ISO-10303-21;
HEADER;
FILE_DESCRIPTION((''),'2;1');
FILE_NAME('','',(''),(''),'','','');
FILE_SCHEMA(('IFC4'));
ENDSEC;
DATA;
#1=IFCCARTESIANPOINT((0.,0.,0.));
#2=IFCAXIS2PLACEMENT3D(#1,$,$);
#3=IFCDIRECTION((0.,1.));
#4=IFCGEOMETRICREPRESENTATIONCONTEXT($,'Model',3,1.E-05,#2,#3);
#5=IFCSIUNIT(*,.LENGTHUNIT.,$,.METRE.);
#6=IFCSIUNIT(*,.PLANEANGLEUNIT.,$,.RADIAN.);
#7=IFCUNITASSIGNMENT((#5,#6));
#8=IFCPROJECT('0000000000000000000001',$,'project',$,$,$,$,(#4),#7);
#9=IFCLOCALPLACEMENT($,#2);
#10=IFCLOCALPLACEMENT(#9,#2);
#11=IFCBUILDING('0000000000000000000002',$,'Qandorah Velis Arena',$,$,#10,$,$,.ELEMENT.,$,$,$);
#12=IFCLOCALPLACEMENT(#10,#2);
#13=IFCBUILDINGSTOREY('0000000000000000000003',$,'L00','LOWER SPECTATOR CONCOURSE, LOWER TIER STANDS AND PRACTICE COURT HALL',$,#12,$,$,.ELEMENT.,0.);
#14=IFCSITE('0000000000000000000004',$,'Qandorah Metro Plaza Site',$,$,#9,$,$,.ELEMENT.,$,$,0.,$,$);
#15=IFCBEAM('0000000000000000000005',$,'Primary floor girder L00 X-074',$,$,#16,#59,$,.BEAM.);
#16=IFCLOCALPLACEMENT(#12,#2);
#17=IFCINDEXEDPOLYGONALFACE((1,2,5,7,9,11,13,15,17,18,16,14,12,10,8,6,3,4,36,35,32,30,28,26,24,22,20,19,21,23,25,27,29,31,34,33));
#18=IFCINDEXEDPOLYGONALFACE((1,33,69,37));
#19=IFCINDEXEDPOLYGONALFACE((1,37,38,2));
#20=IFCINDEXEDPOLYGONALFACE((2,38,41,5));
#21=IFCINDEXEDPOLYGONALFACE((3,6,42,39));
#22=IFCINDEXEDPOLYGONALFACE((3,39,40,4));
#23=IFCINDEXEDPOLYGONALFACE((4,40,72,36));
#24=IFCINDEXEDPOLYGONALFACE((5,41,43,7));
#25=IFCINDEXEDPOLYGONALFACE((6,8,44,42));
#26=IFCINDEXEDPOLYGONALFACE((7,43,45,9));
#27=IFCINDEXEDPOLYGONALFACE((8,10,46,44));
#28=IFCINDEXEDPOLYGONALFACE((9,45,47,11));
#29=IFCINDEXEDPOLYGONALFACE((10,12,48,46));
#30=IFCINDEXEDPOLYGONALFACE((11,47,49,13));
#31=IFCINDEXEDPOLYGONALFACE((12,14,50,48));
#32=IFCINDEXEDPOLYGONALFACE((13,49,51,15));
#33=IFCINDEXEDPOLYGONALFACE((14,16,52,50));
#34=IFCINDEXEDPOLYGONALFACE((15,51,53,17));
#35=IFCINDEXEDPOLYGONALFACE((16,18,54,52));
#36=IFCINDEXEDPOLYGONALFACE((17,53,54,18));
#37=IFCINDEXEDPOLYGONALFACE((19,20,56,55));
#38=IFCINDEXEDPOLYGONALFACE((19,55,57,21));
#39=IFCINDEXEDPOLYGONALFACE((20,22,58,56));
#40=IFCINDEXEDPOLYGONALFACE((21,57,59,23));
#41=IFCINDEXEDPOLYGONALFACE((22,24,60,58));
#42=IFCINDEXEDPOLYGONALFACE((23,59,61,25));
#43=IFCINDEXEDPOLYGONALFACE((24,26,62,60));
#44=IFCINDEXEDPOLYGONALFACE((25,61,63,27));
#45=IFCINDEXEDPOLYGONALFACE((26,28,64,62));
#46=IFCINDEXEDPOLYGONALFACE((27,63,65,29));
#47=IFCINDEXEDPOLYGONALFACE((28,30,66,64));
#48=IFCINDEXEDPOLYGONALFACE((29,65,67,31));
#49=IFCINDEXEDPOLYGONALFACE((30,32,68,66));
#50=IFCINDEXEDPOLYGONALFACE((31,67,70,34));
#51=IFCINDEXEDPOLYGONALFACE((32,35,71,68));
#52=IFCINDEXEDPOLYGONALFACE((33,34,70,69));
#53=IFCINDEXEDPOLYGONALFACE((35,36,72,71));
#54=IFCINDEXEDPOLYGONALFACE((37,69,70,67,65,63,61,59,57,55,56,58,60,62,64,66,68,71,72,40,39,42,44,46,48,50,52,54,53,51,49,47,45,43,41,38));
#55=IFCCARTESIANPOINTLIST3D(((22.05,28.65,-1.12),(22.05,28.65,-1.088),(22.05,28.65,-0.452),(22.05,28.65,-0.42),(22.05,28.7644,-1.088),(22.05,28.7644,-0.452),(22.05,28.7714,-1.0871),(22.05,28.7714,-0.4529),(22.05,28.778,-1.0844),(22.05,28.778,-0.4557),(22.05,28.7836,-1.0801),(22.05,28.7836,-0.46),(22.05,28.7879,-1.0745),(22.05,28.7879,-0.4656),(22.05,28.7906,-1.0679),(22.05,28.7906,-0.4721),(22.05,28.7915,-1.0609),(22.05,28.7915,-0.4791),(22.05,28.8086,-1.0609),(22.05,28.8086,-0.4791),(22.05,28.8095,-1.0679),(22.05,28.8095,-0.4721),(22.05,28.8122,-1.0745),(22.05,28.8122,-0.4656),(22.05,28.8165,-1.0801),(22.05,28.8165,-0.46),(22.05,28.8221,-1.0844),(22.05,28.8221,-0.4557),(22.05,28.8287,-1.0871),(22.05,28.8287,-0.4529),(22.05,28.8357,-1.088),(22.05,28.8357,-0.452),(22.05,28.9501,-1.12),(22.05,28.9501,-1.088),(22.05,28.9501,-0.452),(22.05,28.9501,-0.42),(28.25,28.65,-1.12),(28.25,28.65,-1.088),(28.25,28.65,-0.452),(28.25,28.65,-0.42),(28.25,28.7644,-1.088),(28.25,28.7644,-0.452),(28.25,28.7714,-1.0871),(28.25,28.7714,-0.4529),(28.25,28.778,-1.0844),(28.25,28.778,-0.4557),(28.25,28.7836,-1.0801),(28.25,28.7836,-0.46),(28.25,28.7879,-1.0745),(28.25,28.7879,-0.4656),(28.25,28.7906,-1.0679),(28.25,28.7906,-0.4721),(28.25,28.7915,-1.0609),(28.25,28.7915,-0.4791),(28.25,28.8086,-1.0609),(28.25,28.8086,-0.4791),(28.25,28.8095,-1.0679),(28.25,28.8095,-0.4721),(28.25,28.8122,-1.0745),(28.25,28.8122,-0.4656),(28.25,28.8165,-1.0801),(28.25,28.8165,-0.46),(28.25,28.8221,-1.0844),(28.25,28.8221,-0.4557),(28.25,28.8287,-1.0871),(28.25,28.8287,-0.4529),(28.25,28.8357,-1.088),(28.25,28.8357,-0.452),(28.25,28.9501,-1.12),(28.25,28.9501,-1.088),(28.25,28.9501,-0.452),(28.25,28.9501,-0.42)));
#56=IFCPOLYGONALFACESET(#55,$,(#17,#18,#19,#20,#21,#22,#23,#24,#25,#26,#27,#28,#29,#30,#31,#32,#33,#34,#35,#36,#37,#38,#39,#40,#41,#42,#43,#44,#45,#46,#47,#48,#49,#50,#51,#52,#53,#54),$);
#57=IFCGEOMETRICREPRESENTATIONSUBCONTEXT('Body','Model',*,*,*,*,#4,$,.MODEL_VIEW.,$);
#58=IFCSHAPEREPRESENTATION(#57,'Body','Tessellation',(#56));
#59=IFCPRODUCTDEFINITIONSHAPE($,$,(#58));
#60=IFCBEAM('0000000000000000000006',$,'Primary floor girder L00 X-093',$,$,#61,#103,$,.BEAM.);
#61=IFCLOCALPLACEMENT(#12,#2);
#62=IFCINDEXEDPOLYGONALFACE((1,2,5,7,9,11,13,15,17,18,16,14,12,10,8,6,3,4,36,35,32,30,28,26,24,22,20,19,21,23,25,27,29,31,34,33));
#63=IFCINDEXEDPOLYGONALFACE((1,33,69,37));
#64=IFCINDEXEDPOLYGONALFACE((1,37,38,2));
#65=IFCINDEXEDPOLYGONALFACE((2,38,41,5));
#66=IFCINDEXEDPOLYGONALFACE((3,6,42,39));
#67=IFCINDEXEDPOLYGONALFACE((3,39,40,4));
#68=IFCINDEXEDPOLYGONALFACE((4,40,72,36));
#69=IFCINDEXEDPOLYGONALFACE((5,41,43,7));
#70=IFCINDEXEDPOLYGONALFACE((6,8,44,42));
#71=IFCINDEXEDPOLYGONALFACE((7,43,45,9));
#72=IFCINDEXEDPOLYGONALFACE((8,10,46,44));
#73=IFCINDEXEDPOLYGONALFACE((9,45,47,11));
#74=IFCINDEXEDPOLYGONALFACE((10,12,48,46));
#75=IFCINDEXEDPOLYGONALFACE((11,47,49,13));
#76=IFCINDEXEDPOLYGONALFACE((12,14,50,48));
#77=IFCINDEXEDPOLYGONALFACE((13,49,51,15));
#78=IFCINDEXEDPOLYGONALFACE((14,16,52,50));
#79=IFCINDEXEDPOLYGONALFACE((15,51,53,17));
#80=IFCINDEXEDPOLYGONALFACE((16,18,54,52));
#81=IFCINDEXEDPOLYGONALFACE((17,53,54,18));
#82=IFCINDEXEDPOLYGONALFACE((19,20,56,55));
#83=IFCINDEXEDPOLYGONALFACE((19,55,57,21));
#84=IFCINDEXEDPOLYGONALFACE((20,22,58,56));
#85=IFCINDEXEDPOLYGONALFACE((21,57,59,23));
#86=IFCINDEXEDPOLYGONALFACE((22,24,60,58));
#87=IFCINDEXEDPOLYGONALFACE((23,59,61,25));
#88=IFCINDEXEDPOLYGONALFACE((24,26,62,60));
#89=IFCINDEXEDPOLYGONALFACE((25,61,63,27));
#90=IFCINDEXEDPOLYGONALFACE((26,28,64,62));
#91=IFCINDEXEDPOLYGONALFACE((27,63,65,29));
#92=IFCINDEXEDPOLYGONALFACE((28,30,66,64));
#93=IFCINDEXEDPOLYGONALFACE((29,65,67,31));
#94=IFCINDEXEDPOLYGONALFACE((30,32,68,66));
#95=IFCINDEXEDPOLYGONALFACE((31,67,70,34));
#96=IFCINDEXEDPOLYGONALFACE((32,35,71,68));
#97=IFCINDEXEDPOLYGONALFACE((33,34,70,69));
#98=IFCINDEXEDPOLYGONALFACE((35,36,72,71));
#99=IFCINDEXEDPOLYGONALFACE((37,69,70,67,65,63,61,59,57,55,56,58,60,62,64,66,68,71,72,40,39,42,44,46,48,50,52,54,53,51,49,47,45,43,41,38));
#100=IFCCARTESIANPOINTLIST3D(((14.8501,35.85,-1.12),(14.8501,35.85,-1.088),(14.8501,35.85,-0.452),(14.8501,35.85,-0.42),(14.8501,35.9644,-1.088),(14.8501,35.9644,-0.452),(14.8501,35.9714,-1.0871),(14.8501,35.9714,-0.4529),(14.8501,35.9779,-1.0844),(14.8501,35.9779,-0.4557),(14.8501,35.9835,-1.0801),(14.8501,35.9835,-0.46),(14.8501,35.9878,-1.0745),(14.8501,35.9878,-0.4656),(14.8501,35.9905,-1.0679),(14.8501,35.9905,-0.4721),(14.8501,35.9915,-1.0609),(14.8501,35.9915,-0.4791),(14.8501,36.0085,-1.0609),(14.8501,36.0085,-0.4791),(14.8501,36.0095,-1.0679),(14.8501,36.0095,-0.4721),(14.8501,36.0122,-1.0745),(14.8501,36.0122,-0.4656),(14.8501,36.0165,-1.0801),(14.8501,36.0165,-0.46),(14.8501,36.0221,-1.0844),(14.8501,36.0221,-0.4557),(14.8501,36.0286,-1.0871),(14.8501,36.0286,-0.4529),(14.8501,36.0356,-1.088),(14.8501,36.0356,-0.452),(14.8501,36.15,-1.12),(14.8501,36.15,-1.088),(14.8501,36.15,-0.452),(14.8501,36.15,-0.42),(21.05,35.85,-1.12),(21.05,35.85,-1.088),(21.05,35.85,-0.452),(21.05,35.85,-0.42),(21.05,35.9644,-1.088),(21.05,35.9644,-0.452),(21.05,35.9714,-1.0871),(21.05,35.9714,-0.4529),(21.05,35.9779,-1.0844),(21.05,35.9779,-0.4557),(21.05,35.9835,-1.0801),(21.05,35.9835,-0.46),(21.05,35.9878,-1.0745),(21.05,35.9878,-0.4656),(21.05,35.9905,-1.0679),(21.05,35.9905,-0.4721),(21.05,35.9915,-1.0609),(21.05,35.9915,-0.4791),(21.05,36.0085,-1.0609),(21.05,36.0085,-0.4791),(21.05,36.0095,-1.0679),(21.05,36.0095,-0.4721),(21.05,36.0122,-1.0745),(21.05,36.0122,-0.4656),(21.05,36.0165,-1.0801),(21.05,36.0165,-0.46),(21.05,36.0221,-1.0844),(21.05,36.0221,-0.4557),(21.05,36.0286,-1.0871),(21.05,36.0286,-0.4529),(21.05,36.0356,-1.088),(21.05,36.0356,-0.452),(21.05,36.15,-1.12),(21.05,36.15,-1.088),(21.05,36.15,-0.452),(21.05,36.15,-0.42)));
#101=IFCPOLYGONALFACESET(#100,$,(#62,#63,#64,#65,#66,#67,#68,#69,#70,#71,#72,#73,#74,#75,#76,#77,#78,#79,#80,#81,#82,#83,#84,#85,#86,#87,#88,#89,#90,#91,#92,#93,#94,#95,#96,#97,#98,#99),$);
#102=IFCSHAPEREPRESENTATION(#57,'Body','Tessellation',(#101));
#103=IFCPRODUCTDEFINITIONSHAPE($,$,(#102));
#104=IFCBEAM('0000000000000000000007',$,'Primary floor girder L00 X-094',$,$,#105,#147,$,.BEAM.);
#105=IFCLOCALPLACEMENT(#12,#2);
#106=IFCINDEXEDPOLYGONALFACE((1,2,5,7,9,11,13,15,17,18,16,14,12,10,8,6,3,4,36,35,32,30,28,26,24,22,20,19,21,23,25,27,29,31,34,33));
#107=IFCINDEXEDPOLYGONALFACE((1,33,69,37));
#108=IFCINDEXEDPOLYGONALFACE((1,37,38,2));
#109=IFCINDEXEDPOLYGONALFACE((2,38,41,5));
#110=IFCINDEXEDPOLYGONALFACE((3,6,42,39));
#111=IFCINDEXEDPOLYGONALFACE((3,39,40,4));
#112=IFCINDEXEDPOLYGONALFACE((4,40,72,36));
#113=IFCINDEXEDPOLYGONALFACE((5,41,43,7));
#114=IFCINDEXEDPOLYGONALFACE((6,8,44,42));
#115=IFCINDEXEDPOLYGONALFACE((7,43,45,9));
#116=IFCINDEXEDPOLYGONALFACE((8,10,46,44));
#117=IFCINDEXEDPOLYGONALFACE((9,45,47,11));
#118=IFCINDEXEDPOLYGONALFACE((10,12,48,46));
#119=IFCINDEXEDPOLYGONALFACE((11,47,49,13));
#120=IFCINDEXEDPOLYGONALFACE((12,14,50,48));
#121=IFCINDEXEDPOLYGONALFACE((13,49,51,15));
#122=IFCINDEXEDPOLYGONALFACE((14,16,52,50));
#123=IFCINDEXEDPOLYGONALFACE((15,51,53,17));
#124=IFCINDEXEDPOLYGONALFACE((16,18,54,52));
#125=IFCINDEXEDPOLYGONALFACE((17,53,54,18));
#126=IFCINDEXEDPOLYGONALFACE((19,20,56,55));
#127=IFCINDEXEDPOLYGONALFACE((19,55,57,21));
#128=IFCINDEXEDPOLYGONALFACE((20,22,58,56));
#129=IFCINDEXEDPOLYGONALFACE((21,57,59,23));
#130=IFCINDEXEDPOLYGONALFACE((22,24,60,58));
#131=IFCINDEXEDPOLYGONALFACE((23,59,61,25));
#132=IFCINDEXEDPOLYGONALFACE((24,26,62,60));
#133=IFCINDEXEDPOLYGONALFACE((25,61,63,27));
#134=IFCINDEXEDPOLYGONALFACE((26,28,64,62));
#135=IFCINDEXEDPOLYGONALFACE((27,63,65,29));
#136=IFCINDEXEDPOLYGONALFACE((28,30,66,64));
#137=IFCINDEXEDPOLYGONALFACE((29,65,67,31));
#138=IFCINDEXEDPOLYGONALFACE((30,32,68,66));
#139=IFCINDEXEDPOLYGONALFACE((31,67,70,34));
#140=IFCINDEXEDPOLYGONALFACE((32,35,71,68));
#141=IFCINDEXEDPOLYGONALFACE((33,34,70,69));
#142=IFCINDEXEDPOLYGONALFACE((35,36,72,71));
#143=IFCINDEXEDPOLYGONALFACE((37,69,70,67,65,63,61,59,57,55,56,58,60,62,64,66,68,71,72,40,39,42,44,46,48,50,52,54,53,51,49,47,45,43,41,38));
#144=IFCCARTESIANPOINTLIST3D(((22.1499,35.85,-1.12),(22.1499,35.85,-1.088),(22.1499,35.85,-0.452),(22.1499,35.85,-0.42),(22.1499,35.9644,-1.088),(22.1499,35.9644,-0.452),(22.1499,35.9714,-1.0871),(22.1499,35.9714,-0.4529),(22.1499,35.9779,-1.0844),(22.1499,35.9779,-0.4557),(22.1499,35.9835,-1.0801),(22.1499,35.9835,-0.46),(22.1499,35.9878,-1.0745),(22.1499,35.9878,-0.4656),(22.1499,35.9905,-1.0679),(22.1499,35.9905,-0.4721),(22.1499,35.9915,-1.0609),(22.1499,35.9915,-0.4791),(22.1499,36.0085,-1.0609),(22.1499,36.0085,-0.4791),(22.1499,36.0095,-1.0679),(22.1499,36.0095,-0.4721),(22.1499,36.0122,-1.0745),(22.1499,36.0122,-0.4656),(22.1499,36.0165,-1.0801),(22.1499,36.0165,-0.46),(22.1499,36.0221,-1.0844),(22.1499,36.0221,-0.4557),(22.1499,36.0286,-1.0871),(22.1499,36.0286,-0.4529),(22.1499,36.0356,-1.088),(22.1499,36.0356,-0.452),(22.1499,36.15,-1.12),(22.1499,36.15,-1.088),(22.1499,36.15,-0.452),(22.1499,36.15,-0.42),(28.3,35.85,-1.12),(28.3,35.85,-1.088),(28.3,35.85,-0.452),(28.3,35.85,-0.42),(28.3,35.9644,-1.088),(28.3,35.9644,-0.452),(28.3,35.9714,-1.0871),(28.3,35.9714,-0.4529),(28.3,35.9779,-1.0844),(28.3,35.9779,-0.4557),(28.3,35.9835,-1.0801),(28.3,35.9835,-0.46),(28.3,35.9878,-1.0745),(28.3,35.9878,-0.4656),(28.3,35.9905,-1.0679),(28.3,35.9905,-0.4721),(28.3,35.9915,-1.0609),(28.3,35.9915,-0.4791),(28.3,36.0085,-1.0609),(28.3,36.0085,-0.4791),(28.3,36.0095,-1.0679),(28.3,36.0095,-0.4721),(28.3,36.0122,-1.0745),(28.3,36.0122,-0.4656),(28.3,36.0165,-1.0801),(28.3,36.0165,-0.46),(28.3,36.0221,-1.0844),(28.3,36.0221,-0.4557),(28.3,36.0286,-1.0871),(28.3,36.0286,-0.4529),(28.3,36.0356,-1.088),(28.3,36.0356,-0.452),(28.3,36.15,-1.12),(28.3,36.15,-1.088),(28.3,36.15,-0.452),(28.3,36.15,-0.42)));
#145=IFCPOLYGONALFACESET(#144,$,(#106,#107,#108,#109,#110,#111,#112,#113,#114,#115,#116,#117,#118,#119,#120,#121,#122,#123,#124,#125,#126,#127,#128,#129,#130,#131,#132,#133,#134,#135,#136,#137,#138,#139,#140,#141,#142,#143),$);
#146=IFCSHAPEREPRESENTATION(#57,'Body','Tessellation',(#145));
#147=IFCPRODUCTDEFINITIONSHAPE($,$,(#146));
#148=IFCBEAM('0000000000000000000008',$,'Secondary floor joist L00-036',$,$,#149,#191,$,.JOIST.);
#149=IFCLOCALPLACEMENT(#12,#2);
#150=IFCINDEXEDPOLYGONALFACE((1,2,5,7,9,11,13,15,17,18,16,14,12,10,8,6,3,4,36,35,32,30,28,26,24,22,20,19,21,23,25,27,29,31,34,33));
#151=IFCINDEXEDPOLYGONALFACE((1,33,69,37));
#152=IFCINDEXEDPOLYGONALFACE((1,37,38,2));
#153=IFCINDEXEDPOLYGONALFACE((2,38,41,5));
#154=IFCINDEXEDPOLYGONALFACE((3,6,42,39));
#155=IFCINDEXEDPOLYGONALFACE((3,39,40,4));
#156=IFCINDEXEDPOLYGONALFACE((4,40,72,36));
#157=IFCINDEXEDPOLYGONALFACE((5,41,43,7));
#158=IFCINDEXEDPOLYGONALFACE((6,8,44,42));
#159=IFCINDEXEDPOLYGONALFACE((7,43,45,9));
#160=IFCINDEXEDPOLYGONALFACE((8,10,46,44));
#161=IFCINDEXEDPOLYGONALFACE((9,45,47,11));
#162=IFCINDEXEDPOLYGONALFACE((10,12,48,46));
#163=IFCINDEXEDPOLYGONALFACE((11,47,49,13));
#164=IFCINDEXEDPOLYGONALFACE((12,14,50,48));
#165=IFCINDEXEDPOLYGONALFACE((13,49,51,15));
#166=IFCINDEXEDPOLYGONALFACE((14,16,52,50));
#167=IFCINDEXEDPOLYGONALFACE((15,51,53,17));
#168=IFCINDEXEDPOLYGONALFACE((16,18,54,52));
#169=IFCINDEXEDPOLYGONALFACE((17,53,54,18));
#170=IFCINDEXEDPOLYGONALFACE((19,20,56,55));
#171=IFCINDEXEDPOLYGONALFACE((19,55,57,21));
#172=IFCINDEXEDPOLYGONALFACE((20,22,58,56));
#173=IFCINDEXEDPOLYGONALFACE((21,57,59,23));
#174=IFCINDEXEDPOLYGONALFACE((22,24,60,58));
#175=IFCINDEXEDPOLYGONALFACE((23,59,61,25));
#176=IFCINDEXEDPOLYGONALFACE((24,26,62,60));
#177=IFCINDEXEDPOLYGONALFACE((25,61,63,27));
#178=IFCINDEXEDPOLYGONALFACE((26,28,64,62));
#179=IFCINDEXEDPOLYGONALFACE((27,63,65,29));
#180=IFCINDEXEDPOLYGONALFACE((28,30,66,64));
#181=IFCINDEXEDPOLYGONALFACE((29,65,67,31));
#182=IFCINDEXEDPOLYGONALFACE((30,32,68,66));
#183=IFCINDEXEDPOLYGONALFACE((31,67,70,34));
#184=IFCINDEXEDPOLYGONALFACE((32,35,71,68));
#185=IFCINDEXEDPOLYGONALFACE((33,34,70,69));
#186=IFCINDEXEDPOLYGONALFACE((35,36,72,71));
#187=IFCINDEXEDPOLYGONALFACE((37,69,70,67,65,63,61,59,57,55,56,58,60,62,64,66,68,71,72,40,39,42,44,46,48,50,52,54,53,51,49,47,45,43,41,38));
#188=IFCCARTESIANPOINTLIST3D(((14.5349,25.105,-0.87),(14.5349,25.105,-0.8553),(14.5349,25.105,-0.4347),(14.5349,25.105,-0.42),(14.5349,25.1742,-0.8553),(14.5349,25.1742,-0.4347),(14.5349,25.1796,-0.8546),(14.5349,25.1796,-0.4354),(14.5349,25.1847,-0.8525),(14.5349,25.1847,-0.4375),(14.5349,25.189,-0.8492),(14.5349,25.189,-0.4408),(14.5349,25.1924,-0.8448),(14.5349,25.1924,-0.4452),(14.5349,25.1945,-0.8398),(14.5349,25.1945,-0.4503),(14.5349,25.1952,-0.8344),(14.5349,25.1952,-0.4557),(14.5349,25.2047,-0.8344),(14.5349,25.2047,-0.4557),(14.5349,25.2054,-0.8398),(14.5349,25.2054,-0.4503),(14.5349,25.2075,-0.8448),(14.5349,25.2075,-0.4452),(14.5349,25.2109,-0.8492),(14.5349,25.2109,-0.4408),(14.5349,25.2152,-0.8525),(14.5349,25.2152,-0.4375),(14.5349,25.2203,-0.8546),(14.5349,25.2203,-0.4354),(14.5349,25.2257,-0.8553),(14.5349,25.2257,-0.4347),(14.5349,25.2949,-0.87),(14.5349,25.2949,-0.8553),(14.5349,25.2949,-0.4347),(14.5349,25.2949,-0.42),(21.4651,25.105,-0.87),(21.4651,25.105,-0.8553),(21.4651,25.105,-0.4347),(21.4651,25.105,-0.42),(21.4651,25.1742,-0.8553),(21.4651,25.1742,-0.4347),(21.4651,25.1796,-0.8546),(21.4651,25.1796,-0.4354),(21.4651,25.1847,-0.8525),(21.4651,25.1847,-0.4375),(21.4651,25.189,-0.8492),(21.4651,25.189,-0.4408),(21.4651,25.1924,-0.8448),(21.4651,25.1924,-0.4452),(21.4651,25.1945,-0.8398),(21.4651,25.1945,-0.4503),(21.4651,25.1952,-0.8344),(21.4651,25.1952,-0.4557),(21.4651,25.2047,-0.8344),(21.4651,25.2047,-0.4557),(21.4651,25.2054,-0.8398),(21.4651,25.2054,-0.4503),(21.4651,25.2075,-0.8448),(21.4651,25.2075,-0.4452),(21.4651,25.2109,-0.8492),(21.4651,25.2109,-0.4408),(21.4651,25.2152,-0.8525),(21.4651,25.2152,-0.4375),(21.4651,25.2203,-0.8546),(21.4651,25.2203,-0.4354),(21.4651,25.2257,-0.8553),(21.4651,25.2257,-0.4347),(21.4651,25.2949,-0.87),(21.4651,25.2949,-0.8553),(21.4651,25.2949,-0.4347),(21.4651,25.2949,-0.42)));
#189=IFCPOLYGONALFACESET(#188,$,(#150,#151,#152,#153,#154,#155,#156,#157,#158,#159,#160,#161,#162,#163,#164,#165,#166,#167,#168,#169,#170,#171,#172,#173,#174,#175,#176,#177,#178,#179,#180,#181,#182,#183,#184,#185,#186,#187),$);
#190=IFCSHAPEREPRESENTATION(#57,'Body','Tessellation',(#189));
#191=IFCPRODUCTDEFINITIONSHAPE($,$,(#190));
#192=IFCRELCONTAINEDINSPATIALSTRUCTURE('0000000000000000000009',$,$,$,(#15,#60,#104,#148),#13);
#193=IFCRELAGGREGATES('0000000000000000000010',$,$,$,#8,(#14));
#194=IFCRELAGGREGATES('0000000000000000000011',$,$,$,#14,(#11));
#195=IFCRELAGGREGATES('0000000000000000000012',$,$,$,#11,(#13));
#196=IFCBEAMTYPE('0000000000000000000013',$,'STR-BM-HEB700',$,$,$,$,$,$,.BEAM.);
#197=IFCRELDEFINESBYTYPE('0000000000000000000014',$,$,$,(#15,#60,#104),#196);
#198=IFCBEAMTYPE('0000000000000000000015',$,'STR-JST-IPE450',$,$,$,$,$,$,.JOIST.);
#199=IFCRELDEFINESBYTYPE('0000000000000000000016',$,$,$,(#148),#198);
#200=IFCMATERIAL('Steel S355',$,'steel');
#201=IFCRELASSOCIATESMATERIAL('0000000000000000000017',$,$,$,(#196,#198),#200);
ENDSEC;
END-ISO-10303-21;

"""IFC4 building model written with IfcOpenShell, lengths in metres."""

from ifc_helpers import new_model, si_unit, direction, frame, origin, origin_2d, place, context, subcontext, project, spatial, i_section, extrude, material, material_profile, profile_set, type_object, element, save


model = new_model("IFC4")

# Units and contexts
model_context = context("Model", 3, precision=1e-05, world=origin(), true_north=direction((0.0, 1.0)))
body_context = subcontext(model_context, "Body", "Model", "MODEL_VIEW")
ifc_project = project(units=[si_unit("LENGTHUNIT", "METRE"), si_unit("PLANEANGLEUNIT", "RADIAN")], contexts=[model_context])

# Site, building, storey
site_placement = place(None, origin())
site = spatial("IfcSite", under=ifc_project, at=site_placement, Name="Qandorah Metro Plaza Site", CompositionType="ELEMENT", RefElevation=0.0)
building_placement = place(site_placement, origin())
building = spatial("IfcBuilding", under=site, at=building_placement, Name="Qandorah Velis Arena", CompositionType="ELEMENT")
storey_placement = place(building_placement, origin())
storey = spatial("IfcBuildingStorey", under=building, at=storey_placement, Name="L00", Description="LOWER SPECTATOR CONCOURSE, LOWER TIER STANDS AND PRACTICE COURT HALL", CompositionType="ELEMENT", Elevation=0.0)

# Beams
ifc_material_1 = material(Name="Steel S355", Category="steel")
ifc_material_profile_1 = material_profile(ifc_material_1, i_section(OverallWidth=0.3, OverallDepth=0.7, WebThickness=0.0171, FlangeThickness=0.032, FilletRadius=0.0271, at=origin_2d()), Name="HEB 700")
ifc_profile_set_1 = profile_set([ifc_material_profile_1], Name="Steel S355")
beam_type_1 = type_object("IfcBeamType", Name="STR-BM-HEB700", PredefinedType="BEAM", material=ifc_profile_set_1)
for number, where, z_axis, x_axis, name in (
    (1, (22.05, 28.8, -0.77), (1.0, 0.0, 0.0), (0.0, 1.0, 0.0), "Primary floor girder L00 X-074"),
    (2, (14.8501, 36.0, -0.77), (1.0, 0.0, 0.0), (0.0, 1.0, 0.0), "Primary floor girder L00 X-093"),
):
    element("IfcBeam", number, at=place(storey_placement, frame(where, z_axis=z_axis, x_axis=x_axis)), inside=storey, type_object=beam_type_1, Name=name, PredefinedType="BEAM", context=body_context, shape_type="SweptSolid", body=[
        extrude(i_section(OverallWidth=0.3, OverallDepth=0.7, WebThickness=0.0171, FlangeThickness=0.032, FilletRadius=0.0271, at=origin_2d()), origin(), (0.0, 0.0, 1.0), 6.2),
    ])
beam_1_placement = place(storey_placement, frame((22.1499, 36.0, -0.77), z_axis=(1.0, 0.0, 0.0), x_axis=(0.0, 1.0, 0.0)))
element("IfcBeam", 3, at=beam_1_placement, inside=storey, type_object=beam_type_1, Name="Primary floor girder L00 X-094", PredefinedType="BEAM", context=body_context, shape_type="SweptSolid", body=[
    extrude(i_section(OverallWidth=0.3, OverallDepth=0.7, WebThickness=0.0171, FlangeThickness=0.032, FilletRadius=0.0271, at=origin_2d()), origin(), (0.0, 0.0, 1.0), 6.1501),
])
ifc_material_profile_2 = material_profile(ifc_material_1, i_section(OverallWidth=0.1899, OverallDepth=0.45, WebThickness=0.0095, FlangeThickness=0.0146, FilletRadius=0.021, at=origin_2d()), Name="IPE 450")
ifc_profile_set_2 = profile_set([ifc_material_profile_2], Name="Steel S355")
beam_type_2 = type_object("IfcBeamType", Name="STR-JST-IPE450", PredefinedType="JOIST", material=ifc_profile_set_2)
beam_2_placement = place(storey_placement, frame((14.5349, 25.2, -0.645), z_axis=(1.0, 0.0, 0.0), x_axis=(0.0, 1.0, 0.0)))
element("IfcBeam", 4, at=beam_2_placement, inside=storey, type_object=beam_type_2, Name="Secondary floor joist L00-036", PredefinedType="JOIST", context=body_context, shape_type="SweptSolid", body=[
    extrude(i_section(OverallWidth=0.1899, OverallDepth=0.45, WebThickness=0.0095, FlangeThickness=0.0146, FilletRadius=0.021, at=origin_2d()), origin(), (0.0, 0.0, 1.0), 6.9302),
])

save(model, "model.ifc")
